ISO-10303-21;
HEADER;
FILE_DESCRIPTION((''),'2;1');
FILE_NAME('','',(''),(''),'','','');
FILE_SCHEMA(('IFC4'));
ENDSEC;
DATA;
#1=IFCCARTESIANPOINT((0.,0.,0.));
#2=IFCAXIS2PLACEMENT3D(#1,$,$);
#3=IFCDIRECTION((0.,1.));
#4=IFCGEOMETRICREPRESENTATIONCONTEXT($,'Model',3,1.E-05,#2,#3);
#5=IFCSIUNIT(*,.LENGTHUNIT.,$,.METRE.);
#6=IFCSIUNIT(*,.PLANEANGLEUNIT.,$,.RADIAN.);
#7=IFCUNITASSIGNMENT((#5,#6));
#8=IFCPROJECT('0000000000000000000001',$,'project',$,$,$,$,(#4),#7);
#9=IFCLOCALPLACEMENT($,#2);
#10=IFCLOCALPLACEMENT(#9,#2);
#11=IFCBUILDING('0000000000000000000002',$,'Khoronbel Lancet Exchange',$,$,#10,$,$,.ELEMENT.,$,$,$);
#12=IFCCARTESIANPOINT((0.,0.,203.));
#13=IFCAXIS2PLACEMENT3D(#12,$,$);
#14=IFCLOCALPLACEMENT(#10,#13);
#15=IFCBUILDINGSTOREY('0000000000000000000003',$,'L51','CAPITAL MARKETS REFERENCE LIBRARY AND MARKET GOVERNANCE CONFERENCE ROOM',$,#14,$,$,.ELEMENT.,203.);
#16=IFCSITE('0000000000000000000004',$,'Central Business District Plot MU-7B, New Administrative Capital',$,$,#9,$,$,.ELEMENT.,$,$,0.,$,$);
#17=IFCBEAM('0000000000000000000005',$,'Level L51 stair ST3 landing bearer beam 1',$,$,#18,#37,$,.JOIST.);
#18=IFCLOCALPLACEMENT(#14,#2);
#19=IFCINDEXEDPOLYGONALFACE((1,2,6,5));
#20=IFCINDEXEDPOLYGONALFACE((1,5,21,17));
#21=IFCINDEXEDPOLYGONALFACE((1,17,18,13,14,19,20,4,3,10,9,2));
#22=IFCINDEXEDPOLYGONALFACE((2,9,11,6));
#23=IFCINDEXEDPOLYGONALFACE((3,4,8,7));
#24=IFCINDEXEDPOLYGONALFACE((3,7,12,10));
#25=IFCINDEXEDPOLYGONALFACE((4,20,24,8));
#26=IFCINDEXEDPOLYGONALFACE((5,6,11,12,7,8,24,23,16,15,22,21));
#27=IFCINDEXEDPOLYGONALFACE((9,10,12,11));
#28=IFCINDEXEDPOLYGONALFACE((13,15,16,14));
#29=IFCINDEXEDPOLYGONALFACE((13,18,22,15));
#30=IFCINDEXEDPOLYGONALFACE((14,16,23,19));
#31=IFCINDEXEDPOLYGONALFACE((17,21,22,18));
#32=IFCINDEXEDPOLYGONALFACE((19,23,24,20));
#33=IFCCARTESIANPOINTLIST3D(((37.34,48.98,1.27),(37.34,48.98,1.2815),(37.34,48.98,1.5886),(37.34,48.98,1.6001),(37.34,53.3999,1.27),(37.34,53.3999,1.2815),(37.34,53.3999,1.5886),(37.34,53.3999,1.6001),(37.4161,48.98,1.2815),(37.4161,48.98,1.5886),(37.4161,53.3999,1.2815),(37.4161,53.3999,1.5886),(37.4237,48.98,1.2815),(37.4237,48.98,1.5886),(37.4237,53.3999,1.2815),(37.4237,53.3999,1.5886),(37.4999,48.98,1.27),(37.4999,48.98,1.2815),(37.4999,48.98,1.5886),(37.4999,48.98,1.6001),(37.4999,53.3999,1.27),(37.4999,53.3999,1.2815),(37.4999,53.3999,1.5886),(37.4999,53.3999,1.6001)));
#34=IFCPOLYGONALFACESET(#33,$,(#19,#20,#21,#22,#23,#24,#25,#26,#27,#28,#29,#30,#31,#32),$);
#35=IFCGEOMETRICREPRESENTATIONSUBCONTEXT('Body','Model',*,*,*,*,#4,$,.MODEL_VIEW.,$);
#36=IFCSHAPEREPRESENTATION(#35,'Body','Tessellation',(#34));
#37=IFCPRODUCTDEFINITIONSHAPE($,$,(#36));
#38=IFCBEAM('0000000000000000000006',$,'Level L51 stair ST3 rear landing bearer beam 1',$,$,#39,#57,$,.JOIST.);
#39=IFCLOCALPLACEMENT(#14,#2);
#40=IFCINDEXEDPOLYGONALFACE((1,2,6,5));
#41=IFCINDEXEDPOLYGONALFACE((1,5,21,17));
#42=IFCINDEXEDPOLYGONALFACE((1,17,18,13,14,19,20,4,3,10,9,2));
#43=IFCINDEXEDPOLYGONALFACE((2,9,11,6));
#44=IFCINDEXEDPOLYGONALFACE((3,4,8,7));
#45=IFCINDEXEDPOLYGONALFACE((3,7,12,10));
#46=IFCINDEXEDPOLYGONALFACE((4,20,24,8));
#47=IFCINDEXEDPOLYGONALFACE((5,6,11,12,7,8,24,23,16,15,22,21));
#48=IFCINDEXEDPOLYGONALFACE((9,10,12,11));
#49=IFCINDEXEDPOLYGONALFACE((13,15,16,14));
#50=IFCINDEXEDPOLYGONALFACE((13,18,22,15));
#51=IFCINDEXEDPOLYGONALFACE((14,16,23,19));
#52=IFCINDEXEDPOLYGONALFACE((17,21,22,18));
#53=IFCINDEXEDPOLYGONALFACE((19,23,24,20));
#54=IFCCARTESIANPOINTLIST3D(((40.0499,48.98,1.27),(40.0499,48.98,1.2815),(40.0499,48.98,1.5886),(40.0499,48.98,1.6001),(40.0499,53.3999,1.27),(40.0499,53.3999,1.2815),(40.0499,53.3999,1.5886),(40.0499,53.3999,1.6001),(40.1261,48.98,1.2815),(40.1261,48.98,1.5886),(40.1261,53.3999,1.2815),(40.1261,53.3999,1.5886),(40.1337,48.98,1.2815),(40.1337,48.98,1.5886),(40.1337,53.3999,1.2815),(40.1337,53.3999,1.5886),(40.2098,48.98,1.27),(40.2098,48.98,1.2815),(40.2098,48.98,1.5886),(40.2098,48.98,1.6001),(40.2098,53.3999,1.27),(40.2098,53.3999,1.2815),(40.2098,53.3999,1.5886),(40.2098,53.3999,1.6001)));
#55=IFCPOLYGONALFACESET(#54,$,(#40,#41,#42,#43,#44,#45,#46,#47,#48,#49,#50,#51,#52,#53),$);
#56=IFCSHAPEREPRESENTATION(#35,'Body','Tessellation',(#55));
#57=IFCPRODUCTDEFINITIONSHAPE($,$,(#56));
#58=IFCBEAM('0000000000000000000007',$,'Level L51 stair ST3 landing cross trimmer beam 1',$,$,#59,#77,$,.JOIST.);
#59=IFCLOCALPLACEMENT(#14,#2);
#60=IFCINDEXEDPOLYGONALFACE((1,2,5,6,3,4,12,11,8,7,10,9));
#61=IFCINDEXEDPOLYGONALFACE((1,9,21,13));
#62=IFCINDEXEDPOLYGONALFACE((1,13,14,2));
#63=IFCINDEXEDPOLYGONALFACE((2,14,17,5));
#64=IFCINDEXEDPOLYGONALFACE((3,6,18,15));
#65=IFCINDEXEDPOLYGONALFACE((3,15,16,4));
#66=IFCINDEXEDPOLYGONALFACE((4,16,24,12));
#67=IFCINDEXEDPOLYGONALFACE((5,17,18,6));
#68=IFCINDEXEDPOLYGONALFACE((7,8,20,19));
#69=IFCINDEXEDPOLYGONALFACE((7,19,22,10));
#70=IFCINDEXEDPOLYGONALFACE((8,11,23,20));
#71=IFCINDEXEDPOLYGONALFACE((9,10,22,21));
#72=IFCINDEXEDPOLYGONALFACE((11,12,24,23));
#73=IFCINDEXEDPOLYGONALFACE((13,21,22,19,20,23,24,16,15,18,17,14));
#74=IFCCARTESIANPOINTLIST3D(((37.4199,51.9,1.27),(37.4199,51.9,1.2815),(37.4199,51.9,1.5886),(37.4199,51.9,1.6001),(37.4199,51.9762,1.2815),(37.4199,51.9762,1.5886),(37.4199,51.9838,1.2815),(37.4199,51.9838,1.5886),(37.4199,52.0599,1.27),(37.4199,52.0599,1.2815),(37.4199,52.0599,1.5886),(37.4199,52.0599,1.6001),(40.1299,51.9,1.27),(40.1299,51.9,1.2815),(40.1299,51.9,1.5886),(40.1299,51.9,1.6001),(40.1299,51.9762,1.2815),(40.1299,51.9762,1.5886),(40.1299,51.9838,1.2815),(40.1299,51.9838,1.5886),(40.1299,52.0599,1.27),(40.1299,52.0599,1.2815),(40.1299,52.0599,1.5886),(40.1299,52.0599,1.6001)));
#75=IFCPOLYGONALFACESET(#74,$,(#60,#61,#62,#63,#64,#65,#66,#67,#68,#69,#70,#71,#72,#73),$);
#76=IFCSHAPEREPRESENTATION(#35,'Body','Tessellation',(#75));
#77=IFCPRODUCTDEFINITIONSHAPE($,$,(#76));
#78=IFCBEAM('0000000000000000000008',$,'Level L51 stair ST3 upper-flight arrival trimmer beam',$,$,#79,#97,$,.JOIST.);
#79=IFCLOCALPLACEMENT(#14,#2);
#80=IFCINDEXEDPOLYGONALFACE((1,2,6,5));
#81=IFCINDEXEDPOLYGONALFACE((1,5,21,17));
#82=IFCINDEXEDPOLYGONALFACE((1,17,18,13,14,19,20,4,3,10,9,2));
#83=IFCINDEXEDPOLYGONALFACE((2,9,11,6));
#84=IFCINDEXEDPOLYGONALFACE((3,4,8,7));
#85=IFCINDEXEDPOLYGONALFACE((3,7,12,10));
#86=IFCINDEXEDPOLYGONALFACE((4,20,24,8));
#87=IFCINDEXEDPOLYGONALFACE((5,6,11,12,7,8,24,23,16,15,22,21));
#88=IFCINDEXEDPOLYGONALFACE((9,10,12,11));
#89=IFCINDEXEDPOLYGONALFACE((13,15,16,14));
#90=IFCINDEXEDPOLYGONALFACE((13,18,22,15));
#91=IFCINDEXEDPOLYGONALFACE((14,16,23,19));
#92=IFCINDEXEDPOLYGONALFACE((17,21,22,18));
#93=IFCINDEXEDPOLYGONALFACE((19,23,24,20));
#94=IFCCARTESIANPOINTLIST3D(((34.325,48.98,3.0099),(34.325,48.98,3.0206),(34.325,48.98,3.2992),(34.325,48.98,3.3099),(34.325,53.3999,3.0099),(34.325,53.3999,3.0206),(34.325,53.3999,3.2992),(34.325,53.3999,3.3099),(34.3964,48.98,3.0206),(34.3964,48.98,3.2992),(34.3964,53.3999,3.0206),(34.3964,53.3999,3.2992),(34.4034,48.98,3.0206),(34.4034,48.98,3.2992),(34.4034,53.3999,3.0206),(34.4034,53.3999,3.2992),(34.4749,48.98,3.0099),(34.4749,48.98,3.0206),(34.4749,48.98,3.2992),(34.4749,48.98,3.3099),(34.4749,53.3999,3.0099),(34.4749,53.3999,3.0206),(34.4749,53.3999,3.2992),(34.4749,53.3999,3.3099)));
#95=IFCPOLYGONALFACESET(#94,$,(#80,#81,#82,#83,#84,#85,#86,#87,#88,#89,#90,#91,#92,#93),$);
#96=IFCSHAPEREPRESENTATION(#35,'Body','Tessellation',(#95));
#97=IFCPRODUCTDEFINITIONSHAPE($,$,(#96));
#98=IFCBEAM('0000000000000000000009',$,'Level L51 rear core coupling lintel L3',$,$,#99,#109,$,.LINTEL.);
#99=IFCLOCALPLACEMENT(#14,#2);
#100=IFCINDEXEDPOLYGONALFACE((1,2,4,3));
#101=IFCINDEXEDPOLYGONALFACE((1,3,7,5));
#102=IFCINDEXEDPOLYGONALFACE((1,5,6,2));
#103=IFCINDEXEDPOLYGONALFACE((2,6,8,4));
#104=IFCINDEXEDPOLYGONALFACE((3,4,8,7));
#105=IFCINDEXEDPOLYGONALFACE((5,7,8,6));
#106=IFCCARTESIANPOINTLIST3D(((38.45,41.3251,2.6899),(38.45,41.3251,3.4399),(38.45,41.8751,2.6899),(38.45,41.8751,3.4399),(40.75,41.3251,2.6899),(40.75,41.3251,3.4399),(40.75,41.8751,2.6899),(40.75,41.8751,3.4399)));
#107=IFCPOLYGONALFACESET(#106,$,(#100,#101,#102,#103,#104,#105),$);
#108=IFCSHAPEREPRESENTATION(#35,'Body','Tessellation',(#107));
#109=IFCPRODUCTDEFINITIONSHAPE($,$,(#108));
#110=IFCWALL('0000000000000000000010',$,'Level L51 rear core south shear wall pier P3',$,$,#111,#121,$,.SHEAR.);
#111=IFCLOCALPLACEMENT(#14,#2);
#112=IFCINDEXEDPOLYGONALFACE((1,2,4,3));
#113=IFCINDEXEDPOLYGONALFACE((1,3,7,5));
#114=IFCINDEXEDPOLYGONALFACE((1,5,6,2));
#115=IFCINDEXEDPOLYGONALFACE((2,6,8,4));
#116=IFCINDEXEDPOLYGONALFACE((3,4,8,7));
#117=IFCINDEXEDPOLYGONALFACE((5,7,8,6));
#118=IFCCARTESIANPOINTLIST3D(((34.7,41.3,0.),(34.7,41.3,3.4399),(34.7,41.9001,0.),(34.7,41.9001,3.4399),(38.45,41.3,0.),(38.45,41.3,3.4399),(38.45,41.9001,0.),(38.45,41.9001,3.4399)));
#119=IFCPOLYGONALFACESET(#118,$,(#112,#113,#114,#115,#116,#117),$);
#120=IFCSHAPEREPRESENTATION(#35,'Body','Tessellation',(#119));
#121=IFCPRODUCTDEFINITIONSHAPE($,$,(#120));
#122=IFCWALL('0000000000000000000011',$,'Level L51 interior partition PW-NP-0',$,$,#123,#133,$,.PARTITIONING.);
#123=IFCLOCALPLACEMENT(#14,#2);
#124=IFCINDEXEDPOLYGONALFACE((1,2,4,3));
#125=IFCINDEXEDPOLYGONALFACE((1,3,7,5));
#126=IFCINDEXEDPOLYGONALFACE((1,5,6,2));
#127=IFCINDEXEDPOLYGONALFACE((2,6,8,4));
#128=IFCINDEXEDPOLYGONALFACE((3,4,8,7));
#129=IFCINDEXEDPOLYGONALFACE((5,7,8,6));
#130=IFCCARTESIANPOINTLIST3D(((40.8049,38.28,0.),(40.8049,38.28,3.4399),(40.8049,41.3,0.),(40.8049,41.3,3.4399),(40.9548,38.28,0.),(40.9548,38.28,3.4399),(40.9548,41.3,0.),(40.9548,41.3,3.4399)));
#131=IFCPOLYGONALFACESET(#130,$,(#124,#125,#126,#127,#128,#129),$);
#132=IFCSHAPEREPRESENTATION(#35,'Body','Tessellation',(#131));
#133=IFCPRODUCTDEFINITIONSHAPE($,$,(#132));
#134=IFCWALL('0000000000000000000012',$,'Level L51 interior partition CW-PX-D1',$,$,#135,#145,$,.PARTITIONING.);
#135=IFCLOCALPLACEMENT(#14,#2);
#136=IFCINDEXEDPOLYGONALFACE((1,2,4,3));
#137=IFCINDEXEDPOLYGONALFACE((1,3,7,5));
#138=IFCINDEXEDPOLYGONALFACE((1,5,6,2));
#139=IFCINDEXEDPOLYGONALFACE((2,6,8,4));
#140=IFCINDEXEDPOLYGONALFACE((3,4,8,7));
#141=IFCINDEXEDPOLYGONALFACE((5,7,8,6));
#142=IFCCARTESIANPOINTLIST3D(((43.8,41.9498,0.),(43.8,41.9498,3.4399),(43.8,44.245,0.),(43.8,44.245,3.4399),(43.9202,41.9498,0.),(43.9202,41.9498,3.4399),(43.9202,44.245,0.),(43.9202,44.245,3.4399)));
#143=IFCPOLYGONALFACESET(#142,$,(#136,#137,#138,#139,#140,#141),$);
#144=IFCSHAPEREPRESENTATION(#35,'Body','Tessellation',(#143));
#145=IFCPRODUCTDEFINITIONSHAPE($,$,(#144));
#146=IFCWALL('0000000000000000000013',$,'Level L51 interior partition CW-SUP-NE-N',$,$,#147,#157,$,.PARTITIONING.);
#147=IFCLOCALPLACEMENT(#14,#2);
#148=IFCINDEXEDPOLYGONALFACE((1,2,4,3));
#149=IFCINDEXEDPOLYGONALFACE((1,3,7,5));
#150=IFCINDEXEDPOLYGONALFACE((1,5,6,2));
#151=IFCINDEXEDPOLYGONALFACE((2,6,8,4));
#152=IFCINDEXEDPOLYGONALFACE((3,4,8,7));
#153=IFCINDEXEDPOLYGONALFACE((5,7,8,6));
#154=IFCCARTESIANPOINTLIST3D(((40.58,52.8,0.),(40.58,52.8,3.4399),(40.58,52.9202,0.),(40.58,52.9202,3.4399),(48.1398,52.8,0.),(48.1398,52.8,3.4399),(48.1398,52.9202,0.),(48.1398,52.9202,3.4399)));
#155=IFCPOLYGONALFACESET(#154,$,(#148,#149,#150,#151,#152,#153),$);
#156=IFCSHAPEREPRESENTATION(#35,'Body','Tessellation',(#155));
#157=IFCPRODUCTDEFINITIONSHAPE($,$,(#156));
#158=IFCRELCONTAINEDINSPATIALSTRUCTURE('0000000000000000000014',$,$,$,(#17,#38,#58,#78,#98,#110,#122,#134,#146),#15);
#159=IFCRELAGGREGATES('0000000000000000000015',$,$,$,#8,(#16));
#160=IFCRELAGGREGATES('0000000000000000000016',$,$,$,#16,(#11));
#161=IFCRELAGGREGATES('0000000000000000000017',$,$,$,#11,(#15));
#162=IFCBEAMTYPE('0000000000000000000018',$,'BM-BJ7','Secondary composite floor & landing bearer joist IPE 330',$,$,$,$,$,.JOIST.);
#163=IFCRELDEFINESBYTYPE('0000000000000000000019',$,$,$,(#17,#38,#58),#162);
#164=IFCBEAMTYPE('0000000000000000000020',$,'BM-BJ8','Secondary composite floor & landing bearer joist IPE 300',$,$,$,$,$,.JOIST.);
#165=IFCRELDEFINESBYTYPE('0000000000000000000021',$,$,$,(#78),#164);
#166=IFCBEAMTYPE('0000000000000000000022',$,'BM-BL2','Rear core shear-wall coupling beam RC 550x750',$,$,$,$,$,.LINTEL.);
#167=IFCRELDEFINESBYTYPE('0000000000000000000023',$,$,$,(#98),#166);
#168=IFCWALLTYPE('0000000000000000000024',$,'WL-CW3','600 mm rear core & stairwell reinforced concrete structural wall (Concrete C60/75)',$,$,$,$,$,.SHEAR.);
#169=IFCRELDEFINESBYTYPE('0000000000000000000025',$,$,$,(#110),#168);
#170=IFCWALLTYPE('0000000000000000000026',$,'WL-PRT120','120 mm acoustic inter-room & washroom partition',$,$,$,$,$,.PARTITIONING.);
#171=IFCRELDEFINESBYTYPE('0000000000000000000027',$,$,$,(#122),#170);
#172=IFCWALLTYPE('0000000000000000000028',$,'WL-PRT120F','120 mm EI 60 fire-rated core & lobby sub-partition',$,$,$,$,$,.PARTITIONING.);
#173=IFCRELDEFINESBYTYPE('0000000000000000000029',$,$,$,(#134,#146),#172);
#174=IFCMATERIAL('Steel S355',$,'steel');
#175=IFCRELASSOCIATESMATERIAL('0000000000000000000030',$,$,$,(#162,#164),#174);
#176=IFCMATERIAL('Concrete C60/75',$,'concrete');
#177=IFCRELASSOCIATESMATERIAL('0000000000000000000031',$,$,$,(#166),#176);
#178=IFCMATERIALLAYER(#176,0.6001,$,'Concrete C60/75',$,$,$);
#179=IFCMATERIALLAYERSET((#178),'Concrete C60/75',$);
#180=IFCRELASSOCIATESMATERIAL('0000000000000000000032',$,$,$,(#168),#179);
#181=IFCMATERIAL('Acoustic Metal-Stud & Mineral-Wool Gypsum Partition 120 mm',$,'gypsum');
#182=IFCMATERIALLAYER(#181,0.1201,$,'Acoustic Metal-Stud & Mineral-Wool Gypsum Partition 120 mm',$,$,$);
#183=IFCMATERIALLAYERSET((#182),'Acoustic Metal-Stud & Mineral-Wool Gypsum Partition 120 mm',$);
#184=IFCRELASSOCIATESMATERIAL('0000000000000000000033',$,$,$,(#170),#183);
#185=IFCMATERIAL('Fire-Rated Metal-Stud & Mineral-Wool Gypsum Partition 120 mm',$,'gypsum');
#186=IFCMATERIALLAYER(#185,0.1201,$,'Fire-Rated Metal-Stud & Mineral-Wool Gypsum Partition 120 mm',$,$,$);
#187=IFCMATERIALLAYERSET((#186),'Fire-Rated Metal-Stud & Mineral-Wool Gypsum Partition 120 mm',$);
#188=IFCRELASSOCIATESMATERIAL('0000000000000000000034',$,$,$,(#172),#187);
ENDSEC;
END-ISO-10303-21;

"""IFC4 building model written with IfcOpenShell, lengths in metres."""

from ifc_helpers import new_model, si_unit, direction, frame, frame_2d, origin, origin_2d, place, context, subcontext, project, spatial, rectangle, i_section, extrude, material, layer, layer_set, material_profile, profile_set, type_object, element, save


model = new_model("IFC4")

# Units and contexts
model_context = context("Model", 3, precision=1e-05, world=origin(), true_north=direction((0.0, 1.0)))
body_context = subcontext(model_context, "Body", "Model", "MODEL_VIEW")
ifc_project = project(units=[si_unit("LENGTHUNIT", "METRE"), si_unit("PLANEANGLEUNIT", "RADIAN")], contexts=[model_context])

# Site, building, storey
site_placement = place(None, origin())
site = spatial("IfcSite", under=ifc_project, at=site_placement, Name="Central Business District Plot MU-7B, New Administrative Capital", CompositionType="ELEMENT", RefElevation=0.0)
building_placement = place(site_placement, origin())
building = spatial("IfcBuilding", under=site, at=building_placement, Name="Khoronbel Lancet Exchange", CompositionType="ELEMENT")
storey_placement = place(building_placement, frame((0.0, 0.0, 203.0)))
storey = spatial("IfcBuildingStorey", under=building, at=storey_placement, Name="L51", Description="CAPITAL MARKETS REFERENCE LIBRARY AND MARKET GOVERNANCE CONFERENCE ROOM", CompositionType="ELEMENT", Elevation=203.0)

# Beams
ifc_material_1 = material(Name="Steel S355", Category="steel")
ifc_material_profile_1 = material_profile(ifc_material_1, i_section(OverallWidth=0.1599, OverallDepth=0.3301, WebThickness=0.0076, FlangeThickness=0.0115, at=origin_2d()), Name="IPE 330")
ifc_profile_set_1 = profile_set([ifc_material_profile_1], Name="Steel S355")
beam_type_1 = type_object("IfcBeamType", Name="BM-BJ7", Description="Secondary composite floor & landing bearer joist IPE 330", PredefinedType="JOIST", material=ifc_profile_set_1)
for number, where, z_axis, x_axis, name in (
    (1, (37.4199, 48.98, 1.4351), (0.0, 1.0, 0.0), (-1.0, 0.0, 0.0), "Level L51 stair ST3 landing bearer beam 1"),
    (2, (40.1299, 48.98, 1.4351), (0.0, 1.0, 0.0), (-1.0, 0.0, 0.0), "Level L51 stair ST3 rear landing bearer beam 1"),
):
    element("IfcBeam", number, at=place(storey_placement, frame(where, z_axis=z_axis, x_axis=x_axis)), inside=storey, type_object=beam_type_1, Name=name, PredefinedType="JOIST", context=body_context, shape_type="SweptSolid", body=[
        extrude(i_section(OverallWidth=0.1599, OverallDepth=0.3301, WebThickness=0.0076, FlangeThickness=0.0115, at=origin_2d()), origin(), (0.0, 0.0, 1.0), 4.4199),
    ])
beam_1_placement = place(storey_placement, frame((37.4199, 51.98, 1.4351), z_axis=(1.0, 0.0, 0.0), x_axis=(0.0, 1.0, 0.0)))
element("IfcBeam", 3, at=beam_1_placement, inside=storey, type_object=beam_type_1, Name="Level L51 stair ST3 landing cross trimmer beam 1", PredefinedType="JOIST", context=body_context, shape_type="SweptSolid", body=[
    extrude(i_section(OverallWidth=0.1599, OverallDepth=0.3301, WebThickness=0.0076, FlangeThickness=0.0115, at=origin_2d()), origin(), (0.0, 0.0, 1.0), 2.71),
])
ifc_material_profile_2 = material_profile(ifc_material_1, i_section(OverallWidth=0.1499, OverallDepth=0.3, WebThickness=0.0071, FlangeThickness=0.0107, at=origin_2d()), Name="IPE 300")
ifc_profile_set_2 = profile_set([ifc_material_profile_2], Name="Steel S355")
beam_type_2 = type_object("IfcBeamType", Name="BM-BJ8", Description="Secondary composite floor & landing bearer joist IPE 300", PredefinedType="JOIST", material=ifc_profile_set_2)
beam_2_placement = place(storey_placement, frame((34.3999, 48.98, 3.1599), z_axis=(0.0, 1.0, 0.0), x_axis=(-1.0, 0.0, 0.0)))
element("IfcBeam", 4, at=beam_2_placement, inside=storey, type_object=beam_type_2, Name="Level L51 stair ST3 upper-flight arrival trimmer beam", PredefinedType="JOIST", context=body_context, shape_type="SweptSolid", body=[
    extrude(i_section(OverallWidth=0.1499, OverallDepth=0.3, WebThickness=0.0071, FlangeThickness=0.0107, at=origin_2d()), origin(), (0.0, 0.0, 1.0), 4.4199),
])
ifc_material_2 = material(Name="Concrete C60/75", Category="concrete")
ifc_material_profile_3 = material_profile(ifc_material_2, rectangle(XDim=0.55, YDim=0.75, at=origin_2d()), Name="RC 550x750")
ifc_profile_set_3 = profile_set([ifc_material_profile_3], Name="Concrete C60/75")
beam_type_3 = type_object("IfcBeamType", Name="BM-BL2", Description="Rear core shear-wall coupling beam RC 550x750", PredefinedType="LINTEL", material=ifc_profile_set_3)
beam_3_placement = place(storey_placement, frame((38.45, 41.6001, 3.0649), z_axis=(1.0, 0.0, 0.0), x_axis=(0.0, 1.0, 0.0)))
element("IfcBeam", 5, at=beam_3_placement, inside=storey, type_object=beam_type_3, Name="Level L51 rear core coupling lintel L3", PredefinedType="LINTEL", context=body_context, shape_type="SweptSolid", body=[
    extrude(rectangle(XDim=0.55, YDim=0.75, at=origin_2d()), origin(), (0.0, 0.0, 1.0), 2.3),
])

# Walls
ifc_layer_1 = layer(ifc_material_2, 0.6001, Name="Concrete C60/75")
ifc_layer_set_1 = layer_set([ifc_layer_1], Name="Concrete C60/75")
wall_type_1 = type_object("IfcWallType", Name="WL-CW3", Description="600 mm rear core & stairwell reinforced concrete structural wall (Concrete C60/75)", PredefinedType="SHEAR", material=ifc_layer_set_1)
wall_1_placement = place(storey_placement, frame((38.45, 41.6001, 0.0), z_axis=(0.0, 0.0, 1.0), x_axis=(-1.0, 0.0, 0.0)))
element("IfcWall", 6, at=wall_1_placement, inside=storey, type_object=wall_type_1, Name="Level L51 rear core south shear wall pier P3", PredefinedType="SHEAR", context=body_context, shape_type="SweptSolid", body=[
    extrude(rectangle(XDim=3.75, YDim=0.6001, at=frame_2d((1.875, 0.0))), origin(), (0.0, 0.0, 1.0), 3.4399),
])
ifc_material_3 = material(Name="Acoustic Metal-Stud & Mineral-Wool Gypsum Partition 120 mm", Category="gypsum")
ifc_layer_2 = layer(ifc_material_3, 0.1201, Name="Acoustic Metal-Stud & Mineral-Wool Gypsum Partition 120 mm")
ifc_layer_set_2 = layer_set([ifc_layer_2], Name="Acoustic Metal-Stud & Mineral-Wool Gypsum Partition 120 mm")
wall_type_2 = type_object("IfcWallType", Name="WL-PRT120", Description="120 mm acoustic inter-room & washroom partition", PredefinedType="PARTITIONING", material=ifc_layer_set_2)
wall_2_placement = place(storey_placement, frame((40.8799, 38.28, 0.0), z_axis=(0.0, 0.0, 1.0), x_axis=(0.0, 1.0, 0.0)))
element("IfcWall", 7, at=wall_2_placement, inside=storey, type_object=wall_type_2, Name="Level L51 interior partition PW-NP-0", PredefinedType="PARTITIONING", context=body_context, shape_type="SweptSolid", body=[
    extrude(rectangle(XDim=3.02, YDim=0.1499, at=frame_2d((1.51, 0.0))), origin(), (0.0, 0.0, 1.0), 3.4399),
])
ifc_material_4 = material(Name="Fire-Rated Metal-Stud & Mineral-Wool Gypsum Partition 120 mm", Category="gypsum")
ifc_layer_3 = layer(ifc_material_4, 0.1201, Name="Fire-Rated Metal-Stud & Mineral-Wool Gypsum Partition 120 mm")
ifc_layer_set_3 = layer_set([ifc_layer_3], Name="Fire-Rated Metal-Stud & Mineral-Wool Gypsum Partition 120 mm")
wall_type_3 = type_object("IfcWallType", Name="WL-PRT120F", Description="120 mm EI 60 fire-rated core & lobby sub-partition", PredefinedType="PARTITIONING", material=ifc_layer_set_3)
wall_3_placement = place(storey_placement, frame((43.8601, 41.95, 0.0), z_axis=(0.0, 0.0, 1.0), x_axis=(0.0, 1.0, 0.0)))
element("IfcWall", 8, at=wall_3_placement, inside=storey, type_object=wall_type_3, Name="Level L51 interior partition CW-PX-D1", PredefinedType="PARTITIONING", context=body_context, shape_type="SweptSolid", body=[
    extrude(rectangle(XDim=2.2952, YDim=0.1201, at=frame_2d((1.1475, 0.0))), origin(), (0.0, 0.0, 1.0), 3.4399),
])
wall_4_placement = place(storey_placement, frame((40.5801, 52.8601, 0.0), z_axis=(0.0, 0.0, 1.0), x_axis=(1.0, 0.0, 0.0)))
element("IfcWall", 9, at=wall_4_placement, inside=storey, type_object=wall_type_3, Name="Level L51 interior partition CW-SUP-NE-N", PredefinedType="PARTITIONING", context=body_context, shape_type="SweptSolid", body=[
    extrude(rectangle(XDim=7.5598, YDim=0.1201, at=frame_2d((3.7798, 0.0))), origin(), (0.0, 0.0, 1.0), 3.4399),
])

save(model, "model.ifc")
